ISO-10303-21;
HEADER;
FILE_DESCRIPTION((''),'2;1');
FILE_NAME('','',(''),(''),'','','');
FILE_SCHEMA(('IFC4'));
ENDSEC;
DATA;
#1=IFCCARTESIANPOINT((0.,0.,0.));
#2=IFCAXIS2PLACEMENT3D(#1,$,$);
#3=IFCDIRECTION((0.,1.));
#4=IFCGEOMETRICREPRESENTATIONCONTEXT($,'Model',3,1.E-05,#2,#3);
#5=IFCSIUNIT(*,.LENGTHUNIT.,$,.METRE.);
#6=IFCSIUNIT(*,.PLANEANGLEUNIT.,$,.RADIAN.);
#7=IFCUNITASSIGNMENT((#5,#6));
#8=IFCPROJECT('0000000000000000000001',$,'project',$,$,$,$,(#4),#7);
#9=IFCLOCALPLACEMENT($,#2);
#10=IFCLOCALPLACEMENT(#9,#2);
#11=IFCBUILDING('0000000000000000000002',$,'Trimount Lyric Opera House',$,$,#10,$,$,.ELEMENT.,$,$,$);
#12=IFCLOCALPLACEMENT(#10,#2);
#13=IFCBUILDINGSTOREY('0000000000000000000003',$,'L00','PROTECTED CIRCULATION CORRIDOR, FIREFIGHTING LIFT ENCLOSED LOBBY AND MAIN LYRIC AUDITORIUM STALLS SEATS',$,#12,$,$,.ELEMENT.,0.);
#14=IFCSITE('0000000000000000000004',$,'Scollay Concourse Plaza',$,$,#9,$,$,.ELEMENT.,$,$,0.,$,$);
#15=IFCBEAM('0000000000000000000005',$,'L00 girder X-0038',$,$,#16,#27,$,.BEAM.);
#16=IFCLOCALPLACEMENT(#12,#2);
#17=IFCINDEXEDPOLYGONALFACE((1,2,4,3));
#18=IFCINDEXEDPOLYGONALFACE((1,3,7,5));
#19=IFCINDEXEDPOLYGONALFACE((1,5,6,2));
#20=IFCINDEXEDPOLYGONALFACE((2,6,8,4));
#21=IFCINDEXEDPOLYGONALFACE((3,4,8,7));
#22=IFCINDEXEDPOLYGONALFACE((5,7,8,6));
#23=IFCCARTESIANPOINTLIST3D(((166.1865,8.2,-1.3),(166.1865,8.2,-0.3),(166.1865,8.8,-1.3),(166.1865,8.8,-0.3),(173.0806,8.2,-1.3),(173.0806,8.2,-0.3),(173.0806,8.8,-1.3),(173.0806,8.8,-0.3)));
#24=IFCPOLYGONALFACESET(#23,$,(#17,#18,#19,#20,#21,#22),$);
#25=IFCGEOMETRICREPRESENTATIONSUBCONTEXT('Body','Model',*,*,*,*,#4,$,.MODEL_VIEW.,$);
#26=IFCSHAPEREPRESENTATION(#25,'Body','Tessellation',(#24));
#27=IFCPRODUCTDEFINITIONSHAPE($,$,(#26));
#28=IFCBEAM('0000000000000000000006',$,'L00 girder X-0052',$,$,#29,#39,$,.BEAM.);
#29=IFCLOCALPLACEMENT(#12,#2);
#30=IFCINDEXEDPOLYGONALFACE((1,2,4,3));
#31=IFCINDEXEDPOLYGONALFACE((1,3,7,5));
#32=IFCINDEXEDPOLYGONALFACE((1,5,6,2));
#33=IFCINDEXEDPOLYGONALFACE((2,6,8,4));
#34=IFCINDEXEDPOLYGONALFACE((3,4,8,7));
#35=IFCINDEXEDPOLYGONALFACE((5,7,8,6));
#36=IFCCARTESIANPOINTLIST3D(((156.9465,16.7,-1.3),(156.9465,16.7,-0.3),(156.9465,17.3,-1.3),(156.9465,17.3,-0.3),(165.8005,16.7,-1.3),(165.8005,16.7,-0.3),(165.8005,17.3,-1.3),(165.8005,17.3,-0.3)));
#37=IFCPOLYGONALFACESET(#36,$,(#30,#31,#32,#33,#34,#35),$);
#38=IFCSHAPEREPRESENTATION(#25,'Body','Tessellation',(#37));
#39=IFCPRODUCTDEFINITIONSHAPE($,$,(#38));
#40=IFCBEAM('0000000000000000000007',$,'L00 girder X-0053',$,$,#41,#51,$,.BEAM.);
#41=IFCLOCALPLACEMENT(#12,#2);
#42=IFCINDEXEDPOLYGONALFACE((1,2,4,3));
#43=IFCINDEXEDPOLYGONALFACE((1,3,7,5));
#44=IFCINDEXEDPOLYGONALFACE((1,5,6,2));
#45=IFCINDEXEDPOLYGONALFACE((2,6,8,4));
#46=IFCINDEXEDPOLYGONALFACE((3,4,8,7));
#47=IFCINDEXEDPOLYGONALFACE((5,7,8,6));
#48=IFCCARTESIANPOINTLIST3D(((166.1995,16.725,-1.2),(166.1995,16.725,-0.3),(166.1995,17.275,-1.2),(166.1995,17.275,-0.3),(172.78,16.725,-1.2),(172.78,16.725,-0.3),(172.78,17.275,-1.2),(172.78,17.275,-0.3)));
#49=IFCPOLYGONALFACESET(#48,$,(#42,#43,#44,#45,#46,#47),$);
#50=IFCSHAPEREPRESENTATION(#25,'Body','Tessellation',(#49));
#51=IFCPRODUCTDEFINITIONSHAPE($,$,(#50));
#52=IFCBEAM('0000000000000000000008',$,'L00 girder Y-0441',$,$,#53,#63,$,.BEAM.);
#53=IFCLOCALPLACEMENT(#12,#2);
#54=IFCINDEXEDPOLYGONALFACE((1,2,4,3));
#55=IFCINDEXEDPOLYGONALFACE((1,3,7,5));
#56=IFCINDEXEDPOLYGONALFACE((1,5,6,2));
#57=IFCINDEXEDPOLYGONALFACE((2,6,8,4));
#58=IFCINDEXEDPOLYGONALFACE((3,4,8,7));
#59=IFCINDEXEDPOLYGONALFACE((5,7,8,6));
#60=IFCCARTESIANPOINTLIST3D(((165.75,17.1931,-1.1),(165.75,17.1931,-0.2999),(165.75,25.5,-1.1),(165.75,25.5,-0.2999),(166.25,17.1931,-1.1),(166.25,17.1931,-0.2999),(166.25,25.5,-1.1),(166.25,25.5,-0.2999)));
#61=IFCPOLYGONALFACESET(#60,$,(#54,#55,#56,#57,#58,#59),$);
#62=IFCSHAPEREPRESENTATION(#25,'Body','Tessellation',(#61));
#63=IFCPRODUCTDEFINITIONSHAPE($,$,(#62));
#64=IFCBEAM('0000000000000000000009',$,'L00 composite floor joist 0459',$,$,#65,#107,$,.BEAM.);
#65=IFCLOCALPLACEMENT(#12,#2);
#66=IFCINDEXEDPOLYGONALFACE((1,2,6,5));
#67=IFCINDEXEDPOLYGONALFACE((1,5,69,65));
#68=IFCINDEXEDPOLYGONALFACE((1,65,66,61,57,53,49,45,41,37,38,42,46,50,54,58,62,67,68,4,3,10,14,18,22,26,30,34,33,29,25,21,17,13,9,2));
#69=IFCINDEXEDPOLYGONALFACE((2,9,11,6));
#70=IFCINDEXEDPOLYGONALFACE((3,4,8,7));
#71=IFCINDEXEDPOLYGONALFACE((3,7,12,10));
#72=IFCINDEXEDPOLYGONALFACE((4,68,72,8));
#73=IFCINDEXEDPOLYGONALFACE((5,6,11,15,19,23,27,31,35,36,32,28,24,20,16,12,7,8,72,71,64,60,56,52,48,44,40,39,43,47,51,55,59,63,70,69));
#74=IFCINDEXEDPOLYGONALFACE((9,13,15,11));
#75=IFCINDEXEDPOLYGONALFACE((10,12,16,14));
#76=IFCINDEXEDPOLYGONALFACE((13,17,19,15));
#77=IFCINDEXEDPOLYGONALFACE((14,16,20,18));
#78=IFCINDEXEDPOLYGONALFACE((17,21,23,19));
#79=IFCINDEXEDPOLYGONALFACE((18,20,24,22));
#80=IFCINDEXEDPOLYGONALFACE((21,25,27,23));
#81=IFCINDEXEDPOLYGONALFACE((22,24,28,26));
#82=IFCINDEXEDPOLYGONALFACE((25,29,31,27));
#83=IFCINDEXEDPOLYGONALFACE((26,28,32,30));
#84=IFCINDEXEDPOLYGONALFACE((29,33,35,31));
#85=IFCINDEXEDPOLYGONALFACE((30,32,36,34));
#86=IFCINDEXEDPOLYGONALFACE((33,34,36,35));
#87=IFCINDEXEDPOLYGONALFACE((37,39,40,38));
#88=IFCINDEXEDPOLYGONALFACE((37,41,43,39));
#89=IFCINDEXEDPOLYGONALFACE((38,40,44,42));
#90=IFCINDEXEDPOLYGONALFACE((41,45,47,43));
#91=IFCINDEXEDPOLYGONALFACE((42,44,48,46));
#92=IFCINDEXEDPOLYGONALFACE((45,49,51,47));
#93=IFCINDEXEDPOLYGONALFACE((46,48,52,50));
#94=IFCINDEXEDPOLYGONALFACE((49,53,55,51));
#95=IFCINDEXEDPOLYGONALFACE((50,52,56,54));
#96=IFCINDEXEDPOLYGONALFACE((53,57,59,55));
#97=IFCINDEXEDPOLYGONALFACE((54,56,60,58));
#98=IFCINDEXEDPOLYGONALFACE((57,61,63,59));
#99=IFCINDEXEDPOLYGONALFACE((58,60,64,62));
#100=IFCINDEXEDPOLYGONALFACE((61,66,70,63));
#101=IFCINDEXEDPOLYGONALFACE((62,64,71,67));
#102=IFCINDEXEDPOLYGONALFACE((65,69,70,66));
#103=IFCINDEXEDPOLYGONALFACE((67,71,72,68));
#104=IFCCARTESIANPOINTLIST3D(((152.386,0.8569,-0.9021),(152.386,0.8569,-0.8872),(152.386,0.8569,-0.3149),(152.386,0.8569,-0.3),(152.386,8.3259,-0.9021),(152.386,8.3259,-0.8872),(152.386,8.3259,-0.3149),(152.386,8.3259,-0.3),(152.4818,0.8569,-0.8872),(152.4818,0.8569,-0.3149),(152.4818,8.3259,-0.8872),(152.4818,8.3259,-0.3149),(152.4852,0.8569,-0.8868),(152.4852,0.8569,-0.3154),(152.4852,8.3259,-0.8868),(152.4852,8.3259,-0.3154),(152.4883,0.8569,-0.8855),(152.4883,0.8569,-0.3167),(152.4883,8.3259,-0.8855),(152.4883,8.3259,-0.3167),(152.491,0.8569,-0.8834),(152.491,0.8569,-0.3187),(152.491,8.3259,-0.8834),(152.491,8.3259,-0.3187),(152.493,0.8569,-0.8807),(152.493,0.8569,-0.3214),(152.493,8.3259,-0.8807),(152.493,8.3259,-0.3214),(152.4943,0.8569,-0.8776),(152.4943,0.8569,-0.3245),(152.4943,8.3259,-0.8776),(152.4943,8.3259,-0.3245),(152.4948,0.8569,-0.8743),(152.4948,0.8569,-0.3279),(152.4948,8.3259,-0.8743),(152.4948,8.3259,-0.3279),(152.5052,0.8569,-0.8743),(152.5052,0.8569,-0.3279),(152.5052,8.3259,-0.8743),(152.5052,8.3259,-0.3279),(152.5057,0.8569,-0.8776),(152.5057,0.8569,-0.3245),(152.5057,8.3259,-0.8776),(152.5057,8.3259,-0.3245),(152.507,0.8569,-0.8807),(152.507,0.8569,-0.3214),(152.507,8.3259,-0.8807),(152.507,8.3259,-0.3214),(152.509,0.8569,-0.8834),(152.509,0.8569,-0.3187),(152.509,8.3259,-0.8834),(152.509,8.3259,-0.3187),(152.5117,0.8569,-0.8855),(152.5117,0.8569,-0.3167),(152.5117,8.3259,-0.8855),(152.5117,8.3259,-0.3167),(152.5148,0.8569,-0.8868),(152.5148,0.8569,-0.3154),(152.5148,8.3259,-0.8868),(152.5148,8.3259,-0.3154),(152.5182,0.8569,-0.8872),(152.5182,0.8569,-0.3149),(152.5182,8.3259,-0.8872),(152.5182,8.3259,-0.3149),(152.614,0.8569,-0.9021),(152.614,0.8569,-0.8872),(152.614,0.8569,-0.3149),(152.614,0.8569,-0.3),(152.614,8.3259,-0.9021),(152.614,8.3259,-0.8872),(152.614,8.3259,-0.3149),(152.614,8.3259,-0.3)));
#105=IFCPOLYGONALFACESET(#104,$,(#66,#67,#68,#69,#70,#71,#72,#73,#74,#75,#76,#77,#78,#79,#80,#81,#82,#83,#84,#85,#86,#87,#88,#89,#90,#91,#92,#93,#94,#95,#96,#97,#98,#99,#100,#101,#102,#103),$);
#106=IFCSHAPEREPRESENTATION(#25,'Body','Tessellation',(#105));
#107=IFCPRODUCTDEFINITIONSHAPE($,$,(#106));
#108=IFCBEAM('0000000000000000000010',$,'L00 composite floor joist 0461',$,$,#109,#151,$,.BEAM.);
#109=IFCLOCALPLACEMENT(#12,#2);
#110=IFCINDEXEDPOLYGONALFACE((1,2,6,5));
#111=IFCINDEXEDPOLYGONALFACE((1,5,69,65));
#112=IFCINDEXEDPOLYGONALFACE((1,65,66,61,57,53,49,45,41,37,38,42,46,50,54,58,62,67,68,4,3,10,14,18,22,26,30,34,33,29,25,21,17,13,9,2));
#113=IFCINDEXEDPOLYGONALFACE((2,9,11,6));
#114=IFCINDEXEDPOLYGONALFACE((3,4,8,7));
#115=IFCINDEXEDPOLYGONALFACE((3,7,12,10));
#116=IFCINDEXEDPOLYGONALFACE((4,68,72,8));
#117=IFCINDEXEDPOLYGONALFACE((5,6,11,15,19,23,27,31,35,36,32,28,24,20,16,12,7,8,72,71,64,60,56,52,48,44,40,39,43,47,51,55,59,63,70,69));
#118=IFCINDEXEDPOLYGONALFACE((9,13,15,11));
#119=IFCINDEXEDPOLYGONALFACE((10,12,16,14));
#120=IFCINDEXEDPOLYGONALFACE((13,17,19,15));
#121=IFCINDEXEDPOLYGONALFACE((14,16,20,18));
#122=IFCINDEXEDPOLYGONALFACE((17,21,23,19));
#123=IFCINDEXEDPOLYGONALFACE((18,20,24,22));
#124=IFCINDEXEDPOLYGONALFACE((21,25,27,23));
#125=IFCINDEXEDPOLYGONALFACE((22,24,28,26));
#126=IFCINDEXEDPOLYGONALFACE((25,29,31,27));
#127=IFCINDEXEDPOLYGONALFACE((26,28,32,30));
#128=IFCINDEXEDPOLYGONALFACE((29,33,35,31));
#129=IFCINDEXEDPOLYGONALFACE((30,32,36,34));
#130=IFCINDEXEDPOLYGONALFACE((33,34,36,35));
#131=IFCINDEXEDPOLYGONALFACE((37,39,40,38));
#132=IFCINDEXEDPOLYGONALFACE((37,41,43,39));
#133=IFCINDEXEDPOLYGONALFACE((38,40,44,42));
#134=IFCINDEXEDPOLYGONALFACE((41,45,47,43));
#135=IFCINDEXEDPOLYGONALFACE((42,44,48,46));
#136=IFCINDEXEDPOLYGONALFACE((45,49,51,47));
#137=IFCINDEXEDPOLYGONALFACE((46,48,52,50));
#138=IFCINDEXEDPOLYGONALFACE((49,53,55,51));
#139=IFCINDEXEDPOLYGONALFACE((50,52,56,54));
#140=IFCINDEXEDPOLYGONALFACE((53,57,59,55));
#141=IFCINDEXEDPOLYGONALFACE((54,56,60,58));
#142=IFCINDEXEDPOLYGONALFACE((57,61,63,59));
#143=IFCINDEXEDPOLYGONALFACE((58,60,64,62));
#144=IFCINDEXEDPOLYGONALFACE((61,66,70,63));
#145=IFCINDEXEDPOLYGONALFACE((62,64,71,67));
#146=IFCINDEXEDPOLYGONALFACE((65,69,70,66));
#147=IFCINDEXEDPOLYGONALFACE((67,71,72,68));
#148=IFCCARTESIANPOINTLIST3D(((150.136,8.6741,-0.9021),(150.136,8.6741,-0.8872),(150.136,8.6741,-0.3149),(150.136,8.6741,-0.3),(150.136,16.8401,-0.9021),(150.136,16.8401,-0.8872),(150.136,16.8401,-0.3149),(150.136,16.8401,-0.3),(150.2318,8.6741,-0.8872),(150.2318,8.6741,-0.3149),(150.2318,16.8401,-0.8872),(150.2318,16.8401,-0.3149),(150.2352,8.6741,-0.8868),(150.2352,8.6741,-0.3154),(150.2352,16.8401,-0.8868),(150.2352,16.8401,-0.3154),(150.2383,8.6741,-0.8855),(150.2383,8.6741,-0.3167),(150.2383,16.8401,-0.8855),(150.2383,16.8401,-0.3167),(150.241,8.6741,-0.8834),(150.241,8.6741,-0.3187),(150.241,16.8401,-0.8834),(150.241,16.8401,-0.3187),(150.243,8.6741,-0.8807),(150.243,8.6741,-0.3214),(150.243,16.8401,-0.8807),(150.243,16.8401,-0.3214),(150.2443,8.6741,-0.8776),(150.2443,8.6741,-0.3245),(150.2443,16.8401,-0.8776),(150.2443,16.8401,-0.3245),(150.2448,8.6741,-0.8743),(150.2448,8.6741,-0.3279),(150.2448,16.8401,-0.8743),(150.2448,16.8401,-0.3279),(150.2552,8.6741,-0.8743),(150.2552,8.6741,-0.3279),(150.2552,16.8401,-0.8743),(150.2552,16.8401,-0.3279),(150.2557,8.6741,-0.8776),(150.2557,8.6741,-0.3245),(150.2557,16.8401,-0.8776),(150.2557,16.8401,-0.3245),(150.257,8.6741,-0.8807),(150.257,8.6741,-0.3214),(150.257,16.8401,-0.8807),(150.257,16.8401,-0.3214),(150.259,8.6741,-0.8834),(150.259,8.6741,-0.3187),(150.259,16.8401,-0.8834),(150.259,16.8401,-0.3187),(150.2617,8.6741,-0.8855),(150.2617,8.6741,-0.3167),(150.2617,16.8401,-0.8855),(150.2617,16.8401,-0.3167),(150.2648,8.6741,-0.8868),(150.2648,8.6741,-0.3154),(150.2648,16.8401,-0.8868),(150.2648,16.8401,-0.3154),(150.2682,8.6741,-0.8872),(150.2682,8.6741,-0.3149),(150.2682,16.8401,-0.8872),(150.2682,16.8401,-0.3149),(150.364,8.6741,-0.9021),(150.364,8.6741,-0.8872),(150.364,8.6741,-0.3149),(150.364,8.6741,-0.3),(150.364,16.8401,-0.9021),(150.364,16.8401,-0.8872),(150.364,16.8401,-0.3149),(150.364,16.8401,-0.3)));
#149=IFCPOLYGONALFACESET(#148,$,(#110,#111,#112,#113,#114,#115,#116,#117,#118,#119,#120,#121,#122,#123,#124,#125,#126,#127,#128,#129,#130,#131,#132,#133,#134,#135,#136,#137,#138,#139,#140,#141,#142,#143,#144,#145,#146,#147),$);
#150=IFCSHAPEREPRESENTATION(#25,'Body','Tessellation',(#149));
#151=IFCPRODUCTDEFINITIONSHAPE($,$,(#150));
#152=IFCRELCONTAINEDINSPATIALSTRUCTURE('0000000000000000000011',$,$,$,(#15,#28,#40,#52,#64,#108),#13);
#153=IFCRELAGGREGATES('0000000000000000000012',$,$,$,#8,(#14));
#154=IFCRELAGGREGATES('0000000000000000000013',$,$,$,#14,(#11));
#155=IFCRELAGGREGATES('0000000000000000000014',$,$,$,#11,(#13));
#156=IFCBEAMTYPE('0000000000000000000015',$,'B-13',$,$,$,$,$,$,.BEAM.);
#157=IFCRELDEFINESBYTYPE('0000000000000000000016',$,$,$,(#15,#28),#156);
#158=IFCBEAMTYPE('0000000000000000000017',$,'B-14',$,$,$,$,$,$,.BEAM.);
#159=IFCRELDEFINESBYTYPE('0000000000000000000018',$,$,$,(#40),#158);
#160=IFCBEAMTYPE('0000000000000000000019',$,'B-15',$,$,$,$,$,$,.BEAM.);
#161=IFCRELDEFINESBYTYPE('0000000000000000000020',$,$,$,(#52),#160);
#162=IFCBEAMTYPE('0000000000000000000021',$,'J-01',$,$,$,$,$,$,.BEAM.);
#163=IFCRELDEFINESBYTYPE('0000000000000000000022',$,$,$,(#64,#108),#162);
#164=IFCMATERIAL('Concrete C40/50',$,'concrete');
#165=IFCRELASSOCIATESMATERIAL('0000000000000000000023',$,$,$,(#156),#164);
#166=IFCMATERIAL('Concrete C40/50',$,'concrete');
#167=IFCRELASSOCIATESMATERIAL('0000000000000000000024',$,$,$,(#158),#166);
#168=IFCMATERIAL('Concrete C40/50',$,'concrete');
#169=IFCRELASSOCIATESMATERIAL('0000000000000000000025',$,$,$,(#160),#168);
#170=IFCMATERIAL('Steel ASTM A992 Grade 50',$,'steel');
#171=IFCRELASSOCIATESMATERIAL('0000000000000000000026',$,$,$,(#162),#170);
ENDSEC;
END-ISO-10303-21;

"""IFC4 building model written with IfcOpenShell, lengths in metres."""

from ifc_helpers import new_model, si_unit, direction, frame, origin, origin_2d, place, context, subcontext, project, spatial, rectangle, i_section, extrude, material, material_profile, profile_set, type_object, element, save


model = new_model("IFC4")

# Units and contexts
model_context = context("Model", 3, precision=1e-05, world=origin(), true_north=direction((0.0, 1.0)))
body_context = subcontext(model_context, "Body", "Model", "MODEL_VIEW")
ifc_project = project(units=[si_unit("LENGTHUNIT", "METRE"), si_unit("PLANEANGLEUNIT", "RADIAN")], contexts=[model_context])

# Site, building, storey
site_placement = place(None, origin())
site = spatial("IfcSite", under=ifc_project, at=site_placement, Name="Scollay Concourse Plaza", CompositionType="ELEMENT", RefElevation=0.0)
building_placement = place(site_placement, origin())
building = spatial("IfcBuilding", under=site, at=building_placement, Name="Trimount Lyric Opera House", CompositionType="ELEMENT")
storey_placement = place(building_placement, origin())
storey = spatial("IfcBuildingStorey", under=building, at=storey_placement, Name="L00", Description="PROTECTED CIRCULATION CORRIDOR, FIREFIGHTING LIFT ENCLOSED LOBBY AND MAIN LYRIC AUDITORIUM STALLS SEATS", CompositionType="ELEMENT", Elevation=0.0)

# Beams
ifc_material_1 = material(Name="Concrete C40/50", Category="concrete")
ifc_material_profile_1 = material_profile(ifc_material_1, rectangle(XDim=0.6001, YDim=1.0, at=origin_2d()), Name="RC600X1000")
ifc_profile_set_1 = profile_set([ifc_material_profile_1], Name="Concrete C40/50")
beam_type_1 = type_object("IfcBeamType", Name="B-13", PredefinedType="BEAM", material=ifc_profile_set_1)
beam_1_placement = place(storey_placement, frame((166.1865, 8.5, -0.8), z_axis=(1.0, 0.0, 0.0), x_axis=(0.0, 1.0, 0.0)))
element("IfcBeam", 1, at=beam_1_placement, inside=storey, type_object=beam_type_1, Name="L00 girder X-0038", PredefinedType="BEAM", context=body_context, shape_type="SweptSolid", body=[
    extrude(rectangle(XDim=0.6001, YDim=1.0, at=origin_2d()), origin(), (0.0, 0.0, 1.0), 6.894),
])
beam_2_placement = place(storey_placement, frame((156.9465, 17.0, -0.8), z_axis=(1.0, 0.0, 0.0), x_axis=(0.0, 1.0, 0.0)))
element("IfcBeam", 2, at=beam_2_placement, inside=storey, type_object=beam_type_1, Name="L00 girder X-0052", PredefinedType="BEAM", context=body_context, shape_type="SweptSolid", body=[
    extrude(rectangle(XDim=0.6001, YDim=1.0, at=origin_2d()), origin(), (0.0, 0.0, 1.0), 8.854),
])
ifc_material_2 = material(Name="Concrete C40/50", Category="concrete")
ifc_material_profile_2 = material_profile(ifc_material_2, rectangle(XDim=0.55, YDim=0.8999, at=origin_2d()), Name="RC550X900")
ifc_profile_set_2 = profile_set([ifc_material_profile_2], Name="Concrete C40/50")
beam_type_2 = type_object("IfcBeamType", Name="B-14", PredefinedType="BEAM", material=ifc_profile_set_2)
beam_3_placement = place(storey_placement, frame((166.1995, 17.0, -0.75), z_axis=(1.0, 0.0, 0.0), x_axis=(0.0, 1.0, 0.0)))
element("IfcBeam", 3, at=beam_3_placement, inside=storey, type_object=beam_type_2, Name="L00 girder X-0053", PredefinedType="BEAM", context=body_context, shape_type="SweptSolid", body=[
    extrude(rectangle(XDim=0.55, YDim=0.8999, at=origin_2d()), origin(), (0.0, 0.0, 1.0), 6.5806),
])
ifc_material_3 = material(Name="Concrete C40/50", Category="concrete")
ifc_material_profile_3 = material_profile(ifc_material_3, rectangle(XDim=0.5, YDim=0.8, at=origin_2d()), Name="RC500X800")
ifc_profile_set_3 = profile_set([ifc_material_profile_3], Name="Concrete C40/50")
beam_type_3 = type_object("IfcBeamType", Name="B-15", PredefinedType="BEAM", material=ifc_profile_set_3)
beam_4_placement = place(storey_placement, frame((166.0, 17.1931, -0.7), z_axis=(0.0, 1.0, 0.0), x_axis=(-1.0, 0.0, 0.0)))
element("IfcBeam", 4, at=beam_4_placement, inside=storey, type_object=beam_type_3, Name="L00 girder Y-0441", PredefinedType="BEAM", context=body_context, shape_type="SweptSolid", body=[
    extrude(rectangle(XDim=0.5, YDim=0.8, at=origin_2d()), origin(), (0.0, 0.0, 1.0), 8.3069),
])
ifc_material_4 = material(Name="Steel ASTM A992 Grade 50", Category="steel")
ifc_material_profile_4 = material_profile(ifc_material_4, i_section(OverallWidth=0.228, OverallDepth=0.6021, WebThickness=0.0105, FlangeThickness=0.0149, FilletRadius=0.0129, at=origin_2d()), Name="W24X68")
ifc_profile_set_4 = profile_set([ifc_material_profile_4], Name="Steel ASTM A992 Grade 50")
beam_type_4 = type_object("IfcBeamType", Name="J-01", PredefinedType="BEAM", material=ifc_profile_set_4)
beam_5_placement = place(storey_placement, frame((152.5, 0.8569, -0.6011), z_axis=(0.0, 1.0, 0.0), x_axis=(-1.0, 0.0, 0.0)))
element("IfcBeam", 5, at=beam_5_placement, inside=storey, type_object=beam_type_4, Name="L00 composite floor joist 0459", PredefinedType="BEAM", context=body_context, shape_type="SweptSolid", body=[
    extrude(i_section(OverallWidth=0.228, OverallDepth=0.6021, WebThickness=0.0105, FlangeThickness=0.0149, FilletRadius=0.0129, at=origin_2d()), origin(), (0.0, 0.0, 1.0), 7.469),
])
beam_6_placement = place(storey_placement, frame((150.25, 8.6741, -0.6011), z_axis=(0.0, 1.0, 0.0), x_axis=(-1.0, 0.0, 0.0)))
element("IfcBeam", 6, at=beam_6_placement, inside=storey, type_object=beam_type_4, Name="L00 composite floor joist 0461", PredefinedType="BEAM", context=body_context, shape_type="SweptSolid", body=[
    extrude(i_section(OverallWidth=0.228, OverallDepth=0.6021, WebThickness=0.0105, FlangeThickness=0.0149, FilletRadius=0.0129, at=origin_2d()), origin(), (0.0, 0.0, 1.0), 8.166),
])

save(model, "model.ifc")
